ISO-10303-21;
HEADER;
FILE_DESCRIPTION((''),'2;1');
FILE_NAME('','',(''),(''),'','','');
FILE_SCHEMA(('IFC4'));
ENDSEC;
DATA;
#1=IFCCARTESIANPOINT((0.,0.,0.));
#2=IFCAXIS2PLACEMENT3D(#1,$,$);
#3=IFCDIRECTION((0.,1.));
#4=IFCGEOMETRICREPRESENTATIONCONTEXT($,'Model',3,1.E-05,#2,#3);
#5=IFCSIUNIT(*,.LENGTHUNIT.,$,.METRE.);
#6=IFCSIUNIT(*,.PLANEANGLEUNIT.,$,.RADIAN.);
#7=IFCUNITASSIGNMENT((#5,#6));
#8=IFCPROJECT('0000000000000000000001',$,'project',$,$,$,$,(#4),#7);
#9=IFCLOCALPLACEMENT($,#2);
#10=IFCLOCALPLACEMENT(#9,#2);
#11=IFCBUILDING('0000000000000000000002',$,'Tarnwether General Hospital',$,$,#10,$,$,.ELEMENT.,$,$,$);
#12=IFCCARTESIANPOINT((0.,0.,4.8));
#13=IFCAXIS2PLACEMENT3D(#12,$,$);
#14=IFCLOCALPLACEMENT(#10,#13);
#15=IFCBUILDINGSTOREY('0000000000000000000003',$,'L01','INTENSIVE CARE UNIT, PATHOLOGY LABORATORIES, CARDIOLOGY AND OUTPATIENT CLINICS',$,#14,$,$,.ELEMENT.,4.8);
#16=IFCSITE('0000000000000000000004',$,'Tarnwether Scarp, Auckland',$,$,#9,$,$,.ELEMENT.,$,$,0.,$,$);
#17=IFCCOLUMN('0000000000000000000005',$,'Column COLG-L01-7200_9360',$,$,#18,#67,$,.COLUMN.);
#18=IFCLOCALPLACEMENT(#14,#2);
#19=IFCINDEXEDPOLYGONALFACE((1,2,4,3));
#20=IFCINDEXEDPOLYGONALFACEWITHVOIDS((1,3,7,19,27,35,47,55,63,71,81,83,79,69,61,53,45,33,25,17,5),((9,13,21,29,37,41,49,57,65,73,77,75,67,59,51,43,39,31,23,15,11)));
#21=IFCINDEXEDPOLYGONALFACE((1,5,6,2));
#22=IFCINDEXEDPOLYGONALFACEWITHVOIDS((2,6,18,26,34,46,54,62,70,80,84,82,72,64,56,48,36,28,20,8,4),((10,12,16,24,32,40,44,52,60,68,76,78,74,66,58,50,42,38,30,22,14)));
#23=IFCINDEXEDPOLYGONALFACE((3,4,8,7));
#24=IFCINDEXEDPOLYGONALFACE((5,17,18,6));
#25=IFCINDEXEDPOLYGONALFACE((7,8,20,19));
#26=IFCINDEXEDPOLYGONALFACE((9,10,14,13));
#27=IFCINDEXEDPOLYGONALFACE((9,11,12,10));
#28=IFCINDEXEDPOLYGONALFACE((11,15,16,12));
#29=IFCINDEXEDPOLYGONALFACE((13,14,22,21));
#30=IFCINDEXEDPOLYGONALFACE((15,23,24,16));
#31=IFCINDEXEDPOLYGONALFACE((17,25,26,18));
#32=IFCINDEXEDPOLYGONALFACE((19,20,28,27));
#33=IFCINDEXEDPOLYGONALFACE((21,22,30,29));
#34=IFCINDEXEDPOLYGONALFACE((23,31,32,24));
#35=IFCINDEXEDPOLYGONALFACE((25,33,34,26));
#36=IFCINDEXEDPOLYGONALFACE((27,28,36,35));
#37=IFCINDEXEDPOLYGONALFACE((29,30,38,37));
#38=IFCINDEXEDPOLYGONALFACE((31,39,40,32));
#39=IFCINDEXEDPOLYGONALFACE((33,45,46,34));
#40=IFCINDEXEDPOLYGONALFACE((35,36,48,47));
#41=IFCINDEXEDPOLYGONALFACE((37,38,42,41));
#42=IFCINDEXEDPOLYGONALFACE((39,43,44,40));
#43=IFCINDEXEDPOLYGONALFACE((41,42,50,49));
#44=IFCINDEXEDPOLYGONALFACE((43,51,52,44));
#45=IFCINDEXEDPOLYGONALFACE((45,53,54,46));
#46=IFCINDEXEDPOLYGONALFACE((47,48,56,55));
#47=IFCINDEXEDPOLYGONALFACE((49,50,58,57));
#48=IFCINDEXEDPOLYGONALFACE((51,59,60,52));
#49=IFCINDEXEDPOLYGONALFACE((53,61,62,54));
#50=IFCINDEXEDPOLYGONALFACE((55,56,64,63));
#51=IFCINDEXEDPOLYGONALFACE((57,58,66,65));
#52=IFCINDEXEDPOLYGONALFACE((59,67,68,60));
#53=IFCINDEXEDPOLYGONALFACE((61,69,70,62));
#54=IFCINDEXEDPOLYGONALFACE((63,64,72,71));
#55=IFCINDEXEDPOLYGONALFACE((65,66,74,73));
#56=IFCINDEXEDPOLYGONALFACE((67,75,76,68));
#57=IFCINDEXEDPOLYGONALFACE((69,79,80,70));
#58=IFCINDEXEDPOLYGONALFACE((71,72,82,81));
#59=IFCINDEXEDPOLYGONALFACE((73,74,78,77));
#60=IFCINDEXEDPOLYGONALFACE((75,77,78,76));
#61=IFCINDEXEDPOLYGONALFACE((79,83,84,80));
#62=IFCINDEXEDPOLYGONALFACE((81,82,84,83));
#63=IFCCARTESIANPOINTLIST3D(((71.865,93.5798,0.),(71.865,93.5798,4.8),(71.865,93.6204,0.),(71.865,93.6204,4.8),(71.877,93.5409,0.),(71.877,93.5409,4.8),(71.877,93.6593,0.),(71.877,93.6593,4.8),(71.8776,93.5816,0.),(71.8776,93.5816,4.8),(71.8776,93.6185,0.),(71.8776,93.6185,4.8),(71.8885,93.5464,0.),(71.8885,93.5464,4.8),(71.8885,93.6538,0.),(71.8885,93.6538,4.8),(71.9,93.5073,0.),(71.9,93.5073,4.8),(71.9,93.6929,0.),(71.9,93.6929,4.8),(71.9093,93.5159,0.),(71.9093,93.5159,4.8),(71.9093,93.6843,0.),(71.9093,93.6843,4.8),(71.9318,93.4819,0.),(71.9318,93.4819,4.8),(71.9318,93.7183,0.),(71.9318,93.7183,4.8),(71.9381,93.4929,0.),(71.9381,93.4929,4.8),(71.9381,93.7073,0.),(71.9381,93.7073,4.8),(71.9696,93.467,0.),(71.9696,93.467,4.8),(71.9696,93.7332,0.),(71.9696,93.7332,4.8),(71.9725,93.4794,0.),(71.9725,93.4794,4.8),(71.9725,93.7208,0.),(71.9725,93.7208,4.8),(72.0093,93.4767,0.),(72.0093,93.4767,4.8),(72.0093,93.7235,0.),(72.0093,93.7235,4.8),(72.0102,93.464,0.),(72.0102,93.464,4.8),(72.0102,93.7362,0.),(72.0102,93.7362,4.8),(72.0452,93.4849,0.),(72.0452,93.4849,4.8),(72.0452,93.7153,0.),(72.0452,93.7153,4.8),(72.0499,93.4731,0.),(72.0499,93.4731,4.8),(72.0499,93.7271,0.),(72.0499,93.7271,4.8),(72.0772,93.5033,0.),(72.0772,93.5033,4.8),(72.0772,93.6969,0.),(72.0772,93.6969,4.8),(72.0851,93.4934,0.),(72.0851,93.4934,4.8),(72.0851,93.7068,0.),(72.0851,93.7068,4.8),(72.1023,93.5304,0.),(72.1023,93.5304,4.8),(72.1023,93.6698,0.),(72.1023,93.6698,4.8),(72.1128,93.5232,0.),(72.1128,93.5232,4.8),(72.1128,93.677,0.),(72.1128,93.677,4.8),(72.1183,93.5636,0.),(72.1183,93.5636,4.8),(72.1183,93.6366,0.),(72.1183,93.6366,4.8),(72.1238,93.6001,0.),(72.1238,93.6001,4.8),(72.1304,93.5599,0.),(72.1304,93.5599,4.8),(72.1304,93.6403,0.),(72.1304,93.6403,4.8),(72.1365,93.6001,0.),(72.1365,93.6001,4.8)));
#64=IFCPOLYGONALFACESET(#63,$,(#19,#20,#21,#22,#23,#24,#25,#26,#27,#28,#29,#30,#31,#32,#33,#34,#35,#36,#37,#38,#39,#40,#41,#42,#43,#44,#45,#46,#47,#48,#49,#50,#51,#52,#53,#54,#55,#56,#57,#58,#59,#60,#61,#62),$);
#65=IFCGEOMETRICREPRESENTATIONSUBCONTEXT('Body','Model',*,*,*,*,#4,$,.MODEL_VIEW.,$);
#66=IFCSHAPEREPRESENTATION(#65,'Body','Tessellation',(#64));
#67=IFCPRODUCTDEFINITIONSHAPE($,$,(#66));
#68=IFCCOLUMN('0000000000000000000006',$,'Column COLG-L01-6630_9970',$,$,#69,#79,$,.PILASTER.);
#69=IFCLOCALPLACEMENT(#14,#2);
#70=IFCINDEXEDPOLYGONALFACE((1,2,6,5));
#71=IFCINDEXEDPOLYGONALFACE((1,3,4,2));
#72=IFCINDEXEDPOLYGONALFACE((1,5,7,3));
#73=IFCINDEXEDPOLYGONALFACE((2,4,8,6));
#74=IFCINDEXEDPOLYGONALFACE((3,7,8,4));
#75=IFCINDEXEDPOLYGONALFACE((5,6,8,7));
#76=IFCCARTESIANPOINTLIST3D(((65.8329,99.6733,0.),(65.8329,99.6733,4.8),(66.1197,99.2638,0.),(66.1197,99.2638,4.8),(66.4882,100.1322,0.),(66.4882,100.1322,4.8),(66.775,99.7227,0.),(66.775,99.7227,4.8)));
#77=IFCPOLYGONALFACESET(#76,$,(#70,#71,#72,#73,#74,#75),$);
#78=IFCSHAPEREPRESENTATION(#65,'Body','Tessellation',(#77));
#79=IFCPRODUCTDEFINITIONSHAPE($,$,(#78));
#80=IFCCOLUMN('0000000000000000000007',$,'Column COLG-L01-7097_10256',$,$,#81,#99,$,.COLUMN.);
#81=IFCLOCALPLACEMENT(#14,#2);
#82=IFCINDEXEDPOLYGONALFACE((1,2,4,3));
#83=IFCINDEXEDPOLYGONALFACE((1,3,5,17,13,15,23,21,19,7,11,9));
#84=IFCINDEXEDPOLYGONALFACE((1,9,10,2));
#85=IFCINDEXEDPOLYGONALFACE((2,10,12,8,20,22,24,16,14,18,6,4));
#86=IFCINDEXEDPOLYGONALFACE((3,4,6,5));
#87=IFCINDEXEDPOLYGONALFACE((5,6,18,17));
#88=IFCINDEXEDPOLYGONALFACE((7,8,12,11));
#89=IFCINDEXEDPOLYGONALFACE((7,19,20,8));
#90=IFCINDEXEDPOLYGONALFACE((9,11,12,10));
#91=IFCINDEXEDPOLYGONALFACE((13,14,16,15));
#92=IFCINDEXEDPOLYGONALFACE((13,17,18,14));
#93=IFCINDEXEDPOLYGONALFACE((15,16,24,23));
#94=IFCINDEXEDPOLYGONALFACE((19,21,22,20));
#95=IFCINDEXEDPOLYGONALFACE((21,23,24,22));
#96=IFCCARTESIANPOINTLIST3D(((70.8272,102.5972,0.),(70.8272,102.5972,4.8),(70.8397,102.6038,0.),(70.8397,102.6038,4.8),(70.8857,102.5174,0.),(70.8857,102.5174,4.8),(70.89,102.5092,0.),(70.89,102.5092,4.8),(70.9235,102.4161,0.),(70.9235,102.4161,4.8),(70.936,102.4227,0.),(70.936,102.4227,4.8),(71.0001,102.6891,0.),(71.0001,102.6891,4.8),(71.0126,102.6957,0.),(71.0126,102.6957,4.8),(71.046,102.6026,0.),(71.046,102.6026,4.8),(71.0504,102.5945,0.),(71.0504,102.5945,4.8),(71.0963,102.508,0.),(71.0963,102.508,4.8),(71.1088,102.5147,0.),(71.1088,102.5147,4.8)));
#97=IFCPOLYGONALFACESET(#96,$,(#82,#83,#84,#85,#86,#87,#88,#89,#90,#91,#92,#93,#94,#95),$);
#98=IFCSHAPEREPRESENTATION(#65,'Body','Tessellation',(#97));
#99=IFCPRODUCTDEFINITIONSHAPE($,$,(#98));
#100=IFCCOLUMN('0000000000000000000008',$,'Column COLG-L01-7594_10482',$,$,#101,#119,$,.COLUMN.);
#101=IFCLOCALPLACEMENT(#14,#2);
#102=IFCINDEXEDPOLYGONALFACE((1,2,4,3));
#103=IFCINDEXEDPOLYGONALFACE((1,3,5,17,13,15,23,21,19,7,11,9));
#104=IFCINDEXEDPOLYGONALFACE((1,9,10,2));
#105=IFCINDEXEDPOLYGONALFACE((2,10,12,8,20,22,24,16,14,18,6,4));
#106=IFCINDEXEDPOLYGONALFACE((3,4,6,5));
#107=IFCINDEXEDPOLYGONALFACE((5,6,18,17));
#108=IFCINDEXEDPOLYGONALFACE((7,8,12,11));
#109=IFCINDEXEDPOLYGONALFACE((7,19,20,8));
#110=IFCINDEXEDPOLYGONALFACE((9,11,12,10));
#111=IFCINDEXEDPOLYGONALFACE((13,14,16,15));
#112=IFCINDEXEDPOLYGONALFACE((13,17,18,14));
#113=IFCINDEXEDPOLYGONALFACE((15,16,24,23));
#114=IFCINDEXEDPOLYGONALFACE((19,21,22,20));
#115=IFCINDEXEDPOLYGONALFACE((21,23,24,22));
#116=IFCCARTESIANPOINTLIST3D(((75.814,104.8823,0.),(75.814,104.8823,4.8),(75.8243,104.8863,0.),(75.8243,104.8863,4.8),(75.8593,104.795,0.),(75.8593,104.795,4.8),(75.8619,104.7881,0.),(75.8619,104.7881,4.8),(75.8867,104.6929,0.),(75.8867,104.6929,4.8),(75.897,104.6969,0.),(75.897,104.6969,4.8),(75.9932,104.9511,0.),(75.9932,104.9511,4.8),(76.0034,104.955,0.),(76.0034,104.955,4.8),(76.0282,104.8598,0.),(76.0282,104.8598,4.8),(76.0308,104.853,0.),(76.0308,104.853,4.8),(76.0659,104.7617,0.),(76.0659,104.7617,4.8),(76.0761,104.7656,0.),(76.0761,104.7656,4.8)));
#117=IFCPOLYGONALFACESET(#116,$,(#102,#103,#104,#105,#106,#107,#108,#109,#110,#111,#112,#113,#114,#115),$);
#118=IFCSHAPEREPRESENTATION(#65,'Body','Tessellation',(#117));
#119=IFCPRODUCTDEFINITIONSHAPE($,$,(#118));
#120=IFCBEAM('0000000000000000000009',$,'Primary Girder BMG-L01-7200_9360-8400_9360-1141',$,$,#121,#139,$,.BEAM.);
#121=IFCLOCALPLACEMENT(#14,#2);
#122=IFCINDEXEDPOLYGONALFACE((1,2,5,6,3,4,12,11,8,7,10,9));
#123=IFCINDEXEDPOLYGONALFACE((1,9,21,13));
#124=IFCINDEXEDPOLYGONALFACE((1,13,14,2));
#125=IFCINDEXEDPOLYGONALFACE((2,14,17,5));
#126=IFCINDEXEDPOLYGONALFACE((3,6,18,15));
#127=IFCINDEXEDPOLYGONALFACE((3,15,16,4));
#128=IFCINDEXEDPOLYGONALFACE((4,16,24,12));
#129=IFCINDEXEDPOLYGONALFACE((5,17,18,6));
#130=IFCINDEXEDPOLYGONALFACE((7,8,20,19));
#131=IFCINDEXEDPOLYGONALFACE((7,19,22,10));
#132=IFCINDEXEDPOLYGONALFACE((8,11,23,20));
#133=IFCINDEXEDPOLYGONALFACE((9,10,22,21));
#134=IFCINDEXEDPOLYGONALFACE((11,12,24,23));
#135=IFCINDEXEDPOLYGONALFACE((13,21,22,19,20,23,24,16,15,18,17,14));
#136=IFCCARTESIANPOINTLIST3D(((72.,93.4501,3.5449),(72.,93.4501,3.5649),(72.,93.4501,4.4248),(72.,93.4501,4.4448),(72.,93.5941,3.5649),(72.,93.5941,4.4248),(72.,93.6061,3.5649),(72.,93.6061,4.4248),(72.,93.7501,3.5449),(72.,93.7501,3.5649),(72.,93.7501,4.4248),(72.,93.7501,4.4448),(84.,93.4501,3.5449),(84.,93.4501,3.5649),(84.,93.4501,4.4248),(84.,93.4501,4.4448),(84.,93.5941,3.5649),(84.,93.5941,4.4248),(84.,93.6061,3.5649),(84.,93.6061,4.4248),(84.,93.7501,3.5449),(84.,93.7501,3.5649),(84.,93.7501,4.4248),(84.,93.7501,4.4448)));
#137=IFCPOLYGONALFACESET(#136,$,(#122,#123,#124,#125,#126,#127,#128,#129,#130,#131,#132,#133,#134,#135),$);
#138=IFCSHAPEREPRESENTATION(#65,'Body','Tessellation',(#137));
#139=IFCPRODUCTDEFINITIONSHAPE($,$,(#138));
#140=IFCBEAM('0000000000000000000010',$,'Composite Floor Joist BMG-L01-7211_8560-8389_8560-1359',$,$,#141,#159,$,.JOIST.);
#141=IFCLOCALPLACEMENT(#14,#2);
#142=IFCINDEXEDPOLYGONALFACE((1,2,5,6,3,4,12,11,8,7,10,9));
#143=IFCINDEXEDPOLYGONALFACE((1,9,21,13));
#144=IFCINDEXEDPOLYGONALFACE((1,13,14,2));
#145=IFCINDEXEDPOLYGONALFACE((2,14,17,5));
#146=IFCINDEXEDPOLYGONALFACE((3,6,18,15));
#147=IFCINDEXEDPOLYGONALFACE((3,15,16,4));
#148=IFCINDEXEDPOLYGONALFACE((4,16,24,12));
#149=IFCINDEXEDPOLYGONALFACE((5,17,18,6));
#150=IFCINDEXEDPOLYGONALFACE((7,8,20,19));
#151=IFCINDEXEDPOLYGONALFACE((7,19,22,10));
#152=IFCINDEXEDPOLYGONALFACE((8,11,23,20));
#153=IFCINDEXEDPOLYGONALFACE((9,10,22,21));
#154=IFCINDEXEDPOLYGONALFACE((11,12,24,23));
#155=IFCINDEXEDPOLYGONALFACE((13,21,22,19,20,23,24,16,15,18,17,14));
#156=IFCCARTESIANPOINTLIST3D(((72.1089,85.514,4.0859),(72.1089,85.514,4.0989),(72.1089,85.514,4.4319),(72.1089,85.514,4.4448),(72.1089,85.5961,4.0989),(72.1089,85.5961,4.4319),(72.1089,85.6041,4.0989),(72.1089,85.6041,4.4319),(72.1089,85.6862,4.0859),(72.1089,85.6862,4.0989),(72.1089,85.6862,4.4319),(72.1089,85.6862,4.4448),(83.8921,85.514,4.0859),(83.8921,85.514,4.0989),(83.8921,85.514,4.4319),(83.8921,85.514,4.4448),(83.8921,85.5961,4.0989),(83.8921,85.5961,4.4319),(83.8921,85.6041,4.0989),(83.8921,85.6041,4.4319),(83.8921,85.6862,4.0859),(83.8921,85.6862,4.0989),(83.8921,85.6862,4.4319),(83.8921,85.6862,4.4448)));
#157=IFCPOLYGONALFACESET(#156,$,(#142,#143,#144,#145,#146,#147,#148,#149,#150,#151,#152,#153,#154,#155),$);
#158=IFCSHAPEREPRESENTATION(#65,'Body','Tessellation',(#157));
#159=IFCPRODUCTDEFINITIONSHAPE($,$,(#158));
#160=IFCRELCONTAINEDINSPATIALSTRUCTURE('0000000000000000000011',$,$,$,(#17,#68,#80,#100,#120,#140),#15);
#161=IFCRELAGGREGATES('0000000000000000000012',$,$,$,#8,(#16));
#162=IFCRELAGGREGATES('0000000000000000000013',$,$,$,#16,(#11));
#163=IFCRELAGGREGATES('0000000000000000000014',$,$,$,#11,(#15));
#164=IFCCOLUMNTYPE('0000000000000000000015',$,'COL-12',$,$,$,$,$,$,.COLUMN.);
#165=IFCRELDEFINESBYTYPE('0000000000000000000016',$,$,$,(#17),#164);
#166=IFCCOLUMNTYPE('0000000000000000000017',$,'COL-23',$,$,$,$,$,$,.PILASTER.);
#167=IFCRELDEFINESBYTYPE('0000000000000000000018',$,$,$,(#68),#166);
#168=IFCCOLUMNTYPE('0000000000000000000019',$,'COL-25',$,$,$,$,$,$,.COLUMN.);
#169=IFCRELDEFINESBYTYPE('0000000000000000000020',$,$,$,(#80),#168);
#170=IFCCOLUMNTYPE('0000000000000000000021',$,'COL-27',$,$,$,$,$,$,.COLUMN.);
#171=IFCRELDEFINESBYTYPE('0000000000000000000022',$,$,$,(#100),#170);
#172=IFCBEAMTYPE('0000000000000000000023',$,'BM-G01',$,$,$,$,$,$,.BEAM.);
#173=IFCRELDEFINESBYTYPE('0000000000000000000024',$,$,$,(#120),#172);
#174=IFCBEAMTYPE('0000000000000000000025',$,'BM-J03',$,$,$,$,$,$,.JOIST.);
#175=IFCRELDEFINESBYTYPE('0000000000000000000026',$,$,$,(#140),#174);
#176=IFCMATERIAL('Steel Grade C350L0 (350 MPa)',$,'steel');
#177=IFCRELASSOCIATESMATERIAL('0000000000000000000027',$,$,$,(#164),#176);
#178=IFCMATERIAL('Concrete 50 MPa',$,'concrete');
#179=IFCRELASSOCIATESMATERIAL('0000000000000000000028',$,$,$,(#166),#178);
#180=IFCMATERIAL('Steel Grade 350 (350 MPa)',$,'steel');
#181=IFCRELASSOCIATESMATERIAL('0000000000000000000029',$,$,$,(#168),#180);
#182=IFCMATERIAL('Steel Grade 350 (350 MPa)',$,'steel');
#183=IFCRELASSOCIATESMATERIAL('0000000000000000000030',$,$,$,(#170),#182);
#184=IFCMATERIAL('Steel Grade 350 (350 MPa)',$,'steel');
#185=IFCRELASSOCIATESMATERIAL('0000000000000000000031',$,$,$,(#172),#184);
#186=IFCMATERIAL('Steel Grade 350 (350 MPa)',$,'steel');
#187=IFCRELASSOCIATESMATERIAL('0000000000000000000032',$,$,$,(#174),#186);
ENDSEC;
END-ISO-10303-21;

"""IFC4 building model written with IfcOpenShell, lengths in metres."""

from ifc_helpers import new_model, si_unit, direction, frame, origin, origin_2d, place, context, subcontext, project, spatial, rectangle, hollow_circle, i_section, extrude, material, material_profile, profile_set, type_object, element, save


model = new_model("IFC4")

# Units and contexts
model_context = context("Model", 3, precision=1e-05, world=origin(), true_north=direction((0.0, 1.0)))
body_context = subcontext(model_context, "Body", "Model", "MODEL_VIEW")
ifc_project = project(units=[si_unit("LENGTHUNIT", "METRE"), si_unit("PLANEANGLEUNIT", "RADIAN")], contexts=[model_context])

# Site, building, storey
site_placement = place(None, origin())
site = spatial("IfcSite", under=ifc_project, at=site_placement, Name="Tarnwether Scarp, Auckland", CompositionType="ELEMENT", RefElevation=0.0)
building_placement = place(site_placement, origin())
building = spatial("IfcBuilding", under=site, at=building_placement, Name="Tarnwether General Hospital", CompositionType="ELEMENT")
storey_placement = place(building_placement, frame((0.0, 0.0, 4.8)))
storey = spatial("IfcBuildingStorey", under=building, at=storey_placement, Name="L01", Description="INTENSIVE CARE UNIT, PATHOLOGY LABORATORIES, CARDIOLOGY AND OUTPATIENT CLINICS", CompositionType="ELEMENT", Elevation=4.8)

# Columns
ifc_material_1 = material(Name="Steel Grade C350L0 (350 MPa)", Category="steel")
ifc_material_profile_1 = material_profile(ifc_material_1, hollow_circle(Radius=0.1365, WallThickness=0.0127, at=origin_2d()), Name="CHS273.1x12.7")
ifc_profile_set_1 = profile_set([ifc_material_profile_1], Name="Steel Grade C350L0 (350 MPa)")
column_type_1 = type_object("IfcColumnType", Name="COL-12", PredefinedType="COLUMN", material=ifc_profile_set_1)
column_1_placement = place(storey_placement, frame((72.0, 93.6001, 0.0), z_axis=(0.0, 0.0, 1.0), x_axis=(1.0, 0.0, 0.0)))
element("IfcColumn", 1, at=column_1_placement, inside=storey, type_object=column_type_1, Name="Column COLG-L01-7200_9360", PredefinedType="COLUMN", context=body_context, shape_type="SweptSolid", body=[
    extrude(hollow_circle(Radius=0.1365, WallThickness=0.0127, at=origin_2d()), origin(), (0.0, 0.0, 1.0), 4.8),
])
ifc_material_2 = material(Name="Concrete 50 MPa", Category="concrete")
ifc_material_profile_2 = material_profile(ifc_material_2, rectangle(XDim=0.5, YDim=0.8, at=origin_2d()), Name="RC-PIL-500x800")
ifc_profile_set_2 = profile_set([ifc_material_profile_2], Name="Concrete 50 MPa")
column_type_2 = type_object("IfcColumnType", Name="COL-23", PredefinedType="PILASTER", material=ifc_profile_set_2)
column_2_placement = place(storey_placement, frame((66.304, 99.698, 0.0), z_axis=(0.0, 0.0, 1.0), x_axis=(-0.573576, 0.819152, 0.0)))
element("IfcColumn", 2, at=column_2_placement, inside=storey, type_object=column_type_2, Name="Column COLG-L01-6630_9970", PredefinedType="PILASTER", context=body_context, shape_type="SweptSolid", body=[
    extrude(rectangle(XDim=0.5, YDim=0.8, at=origin_2d()), origin(), (0.0, 0.0, 1.0), 4.8),
])
ifc_material_3 = material(Name="Steel Grade 350 (350 MPa)", Category="steel")
ifc_material_profile_3 = material_profile(ifc_material_3, i_section(OverallWidth=0.2051, OverallDepth=0.21, WebThickness=0.0093, FlangeThickness=0.0142, at=origin_2d()), Name="200UC59.5")
ifc_profile_set_3 = profile_set([ifc_material_profile_3], Name="Steel Grade 350 (350 MPa)")
column_type_3 = type_object("IfcColumnType", Name="COL-25", PredefinedType="COLUMN", material=ifc_profile_set_3)
column_3_placement = place(storey_placement, frame((70.968, 102.5559, 0.0), z_axis=(0.0, 0.0, 1.0), x_axis=(-0.469472, 0.882948, 0.0)))
element("IfcColumn", 3, at=column_3_placement, inside=storey, type_object=column_type_3, Name="Column COLG-L01-7097_10256", PredefinedType="COLUMN", context=body_context, shape_type="SweptSolid", body=[
    extrude(i_section(OverallWidth=0.2051, OverallDepth=0.21, WebThickness=0.0093, FlangeThickness=0.0142, at=origin_2d()), origin(), (0.0, 0.0, 1.0), 4.8),
])
ifc_material_4 = material(Name="Steel Grade 350 (350 MPa)", Category="steel")
ifc_material_profile_4 = material_profile(ifc_material_4, i_section(OverallWidth=0.2029, OverallDepth=0.2029, WebThickness=0.0073, FlangeThickness=0.011, at=origin_2d()), Name="200UC46.2")
ifc_profile_set_4 = profile_set([ifc_material_profile_4], Name="Steel Grade 350 (350 MPa)")
column_type_4 = type_object("IfcColumnType", Name="COL-27", PredefinedType="COLUMN", material=ifc_profile_set_4)
column_4_placement = place(storey_placement, frame((75.9451, 104.824, 0.0), z_axis=(0.0, 0.0, 1.0), x_axis=(-0.358368, 0.93358, 0.0)))
element("IfcColumn", 4, at=column_4_placement, inside=storey, type_object=column_type_4, Name="Column COLG-L01-7594_10482", PredefinedType="COLUMN", context=body_context, shape_type="SweptSolid", body=[
    extrude(i_section(OverallWidth=0.2029, OverallDepth=0.2029, WebThickness=0.0073, FlangeThickness=0.011, at=origin_2d()), origin(), (0.0, 0.0, 1.0), 4.8),
])

# Beams
ifc_material_5 = material(Name="Steel Grade 350 (350 MPa)", Category="steel")
ifc_material_profile_5 = material_profile(ifc_material_5, i_section(OverallWidth=0.3, OverallDepth=0.8999, WebThickness=0.012, FlangeThickness=0.02, at=origin_2d()), Name="900WB175")
ifc_profile_set_5 = profile_set([ifc_material_profile_5], Name="Steel Grade 350 (350 MPa)")
beam_type_1 = type_object("IfcBeamType", Name="BM-G01", PredefinedType="BEAM", material=ifc_profile_set_5)
beam_1_placement = place(storey_placement, frame((72.0, 93.6001, 3.9949), z_axis=(1.0, 0.0, 0.0), x_axis=(0.0, 1.0, 0.0)))
element("IfcBeam", 5, at=beam_1_placement, inside=storey, type_object=beam_type_1, Name="Primary Girder BMG-L01-7200_9360-8400_9360-1141", PredefinedType="BEAM", context=body_context, shape_type="SweptSolid", body=[
    extrude(i_section(OverallWidth=0.3, OverallDepth=0.8999, WebThickness=0.012, FlangeThickness=0.02, at=origin_2d()), origin(), (0.0, 0.0, 1.0), 12.0),
])
ifc_material_6 = material(Name="Steel Grade 350 (350 MPa)", Category="steel")
ifc_material_profile_6 = material_profile(ifc_material_6, i_section(OverallWidth=0.1721, OverallDepth=0.3589, WebThickness=0.0081, FlangeThickness=0.0129, at=origin_2d()), Name="360UB56.7")
ifc_profile_set_6 = profile_set([ifc_material_profile_6], Name="Steel Grade 350 (350 MPa)")
beam_type_2 = type_object("IfcBeamType", Name="BM-J03", PredefinedType="JOIST", material=ifc_profile_set_6)
beam_2_placement = place(storey_placement, frame((72.1089, 85.6001, 4.2654), z_axis=(1.0, 0.0, 0.0), x_axis=(0.0, 1.0, 0.0)))
element("IfcBeam", 6, at=beam_2_placement, inside=storey, type_object=beam_type_2, Name="Composite Floor Joist BMG-L01-7211_8560-8389_8560-1359", PredefinedType="JOIST", context=body_context, shape_type="SweptSolid", body=[
    extrude(i_section(OverallWidth=0.1721, OverallDepth=0.3589, WebThickness=0.0081, FlangeThickness=0.0129, at=origin_2d()), origin(), (0.0, 0.0, 1.0), 11.7832),
])

save(model, "model.ifc")
